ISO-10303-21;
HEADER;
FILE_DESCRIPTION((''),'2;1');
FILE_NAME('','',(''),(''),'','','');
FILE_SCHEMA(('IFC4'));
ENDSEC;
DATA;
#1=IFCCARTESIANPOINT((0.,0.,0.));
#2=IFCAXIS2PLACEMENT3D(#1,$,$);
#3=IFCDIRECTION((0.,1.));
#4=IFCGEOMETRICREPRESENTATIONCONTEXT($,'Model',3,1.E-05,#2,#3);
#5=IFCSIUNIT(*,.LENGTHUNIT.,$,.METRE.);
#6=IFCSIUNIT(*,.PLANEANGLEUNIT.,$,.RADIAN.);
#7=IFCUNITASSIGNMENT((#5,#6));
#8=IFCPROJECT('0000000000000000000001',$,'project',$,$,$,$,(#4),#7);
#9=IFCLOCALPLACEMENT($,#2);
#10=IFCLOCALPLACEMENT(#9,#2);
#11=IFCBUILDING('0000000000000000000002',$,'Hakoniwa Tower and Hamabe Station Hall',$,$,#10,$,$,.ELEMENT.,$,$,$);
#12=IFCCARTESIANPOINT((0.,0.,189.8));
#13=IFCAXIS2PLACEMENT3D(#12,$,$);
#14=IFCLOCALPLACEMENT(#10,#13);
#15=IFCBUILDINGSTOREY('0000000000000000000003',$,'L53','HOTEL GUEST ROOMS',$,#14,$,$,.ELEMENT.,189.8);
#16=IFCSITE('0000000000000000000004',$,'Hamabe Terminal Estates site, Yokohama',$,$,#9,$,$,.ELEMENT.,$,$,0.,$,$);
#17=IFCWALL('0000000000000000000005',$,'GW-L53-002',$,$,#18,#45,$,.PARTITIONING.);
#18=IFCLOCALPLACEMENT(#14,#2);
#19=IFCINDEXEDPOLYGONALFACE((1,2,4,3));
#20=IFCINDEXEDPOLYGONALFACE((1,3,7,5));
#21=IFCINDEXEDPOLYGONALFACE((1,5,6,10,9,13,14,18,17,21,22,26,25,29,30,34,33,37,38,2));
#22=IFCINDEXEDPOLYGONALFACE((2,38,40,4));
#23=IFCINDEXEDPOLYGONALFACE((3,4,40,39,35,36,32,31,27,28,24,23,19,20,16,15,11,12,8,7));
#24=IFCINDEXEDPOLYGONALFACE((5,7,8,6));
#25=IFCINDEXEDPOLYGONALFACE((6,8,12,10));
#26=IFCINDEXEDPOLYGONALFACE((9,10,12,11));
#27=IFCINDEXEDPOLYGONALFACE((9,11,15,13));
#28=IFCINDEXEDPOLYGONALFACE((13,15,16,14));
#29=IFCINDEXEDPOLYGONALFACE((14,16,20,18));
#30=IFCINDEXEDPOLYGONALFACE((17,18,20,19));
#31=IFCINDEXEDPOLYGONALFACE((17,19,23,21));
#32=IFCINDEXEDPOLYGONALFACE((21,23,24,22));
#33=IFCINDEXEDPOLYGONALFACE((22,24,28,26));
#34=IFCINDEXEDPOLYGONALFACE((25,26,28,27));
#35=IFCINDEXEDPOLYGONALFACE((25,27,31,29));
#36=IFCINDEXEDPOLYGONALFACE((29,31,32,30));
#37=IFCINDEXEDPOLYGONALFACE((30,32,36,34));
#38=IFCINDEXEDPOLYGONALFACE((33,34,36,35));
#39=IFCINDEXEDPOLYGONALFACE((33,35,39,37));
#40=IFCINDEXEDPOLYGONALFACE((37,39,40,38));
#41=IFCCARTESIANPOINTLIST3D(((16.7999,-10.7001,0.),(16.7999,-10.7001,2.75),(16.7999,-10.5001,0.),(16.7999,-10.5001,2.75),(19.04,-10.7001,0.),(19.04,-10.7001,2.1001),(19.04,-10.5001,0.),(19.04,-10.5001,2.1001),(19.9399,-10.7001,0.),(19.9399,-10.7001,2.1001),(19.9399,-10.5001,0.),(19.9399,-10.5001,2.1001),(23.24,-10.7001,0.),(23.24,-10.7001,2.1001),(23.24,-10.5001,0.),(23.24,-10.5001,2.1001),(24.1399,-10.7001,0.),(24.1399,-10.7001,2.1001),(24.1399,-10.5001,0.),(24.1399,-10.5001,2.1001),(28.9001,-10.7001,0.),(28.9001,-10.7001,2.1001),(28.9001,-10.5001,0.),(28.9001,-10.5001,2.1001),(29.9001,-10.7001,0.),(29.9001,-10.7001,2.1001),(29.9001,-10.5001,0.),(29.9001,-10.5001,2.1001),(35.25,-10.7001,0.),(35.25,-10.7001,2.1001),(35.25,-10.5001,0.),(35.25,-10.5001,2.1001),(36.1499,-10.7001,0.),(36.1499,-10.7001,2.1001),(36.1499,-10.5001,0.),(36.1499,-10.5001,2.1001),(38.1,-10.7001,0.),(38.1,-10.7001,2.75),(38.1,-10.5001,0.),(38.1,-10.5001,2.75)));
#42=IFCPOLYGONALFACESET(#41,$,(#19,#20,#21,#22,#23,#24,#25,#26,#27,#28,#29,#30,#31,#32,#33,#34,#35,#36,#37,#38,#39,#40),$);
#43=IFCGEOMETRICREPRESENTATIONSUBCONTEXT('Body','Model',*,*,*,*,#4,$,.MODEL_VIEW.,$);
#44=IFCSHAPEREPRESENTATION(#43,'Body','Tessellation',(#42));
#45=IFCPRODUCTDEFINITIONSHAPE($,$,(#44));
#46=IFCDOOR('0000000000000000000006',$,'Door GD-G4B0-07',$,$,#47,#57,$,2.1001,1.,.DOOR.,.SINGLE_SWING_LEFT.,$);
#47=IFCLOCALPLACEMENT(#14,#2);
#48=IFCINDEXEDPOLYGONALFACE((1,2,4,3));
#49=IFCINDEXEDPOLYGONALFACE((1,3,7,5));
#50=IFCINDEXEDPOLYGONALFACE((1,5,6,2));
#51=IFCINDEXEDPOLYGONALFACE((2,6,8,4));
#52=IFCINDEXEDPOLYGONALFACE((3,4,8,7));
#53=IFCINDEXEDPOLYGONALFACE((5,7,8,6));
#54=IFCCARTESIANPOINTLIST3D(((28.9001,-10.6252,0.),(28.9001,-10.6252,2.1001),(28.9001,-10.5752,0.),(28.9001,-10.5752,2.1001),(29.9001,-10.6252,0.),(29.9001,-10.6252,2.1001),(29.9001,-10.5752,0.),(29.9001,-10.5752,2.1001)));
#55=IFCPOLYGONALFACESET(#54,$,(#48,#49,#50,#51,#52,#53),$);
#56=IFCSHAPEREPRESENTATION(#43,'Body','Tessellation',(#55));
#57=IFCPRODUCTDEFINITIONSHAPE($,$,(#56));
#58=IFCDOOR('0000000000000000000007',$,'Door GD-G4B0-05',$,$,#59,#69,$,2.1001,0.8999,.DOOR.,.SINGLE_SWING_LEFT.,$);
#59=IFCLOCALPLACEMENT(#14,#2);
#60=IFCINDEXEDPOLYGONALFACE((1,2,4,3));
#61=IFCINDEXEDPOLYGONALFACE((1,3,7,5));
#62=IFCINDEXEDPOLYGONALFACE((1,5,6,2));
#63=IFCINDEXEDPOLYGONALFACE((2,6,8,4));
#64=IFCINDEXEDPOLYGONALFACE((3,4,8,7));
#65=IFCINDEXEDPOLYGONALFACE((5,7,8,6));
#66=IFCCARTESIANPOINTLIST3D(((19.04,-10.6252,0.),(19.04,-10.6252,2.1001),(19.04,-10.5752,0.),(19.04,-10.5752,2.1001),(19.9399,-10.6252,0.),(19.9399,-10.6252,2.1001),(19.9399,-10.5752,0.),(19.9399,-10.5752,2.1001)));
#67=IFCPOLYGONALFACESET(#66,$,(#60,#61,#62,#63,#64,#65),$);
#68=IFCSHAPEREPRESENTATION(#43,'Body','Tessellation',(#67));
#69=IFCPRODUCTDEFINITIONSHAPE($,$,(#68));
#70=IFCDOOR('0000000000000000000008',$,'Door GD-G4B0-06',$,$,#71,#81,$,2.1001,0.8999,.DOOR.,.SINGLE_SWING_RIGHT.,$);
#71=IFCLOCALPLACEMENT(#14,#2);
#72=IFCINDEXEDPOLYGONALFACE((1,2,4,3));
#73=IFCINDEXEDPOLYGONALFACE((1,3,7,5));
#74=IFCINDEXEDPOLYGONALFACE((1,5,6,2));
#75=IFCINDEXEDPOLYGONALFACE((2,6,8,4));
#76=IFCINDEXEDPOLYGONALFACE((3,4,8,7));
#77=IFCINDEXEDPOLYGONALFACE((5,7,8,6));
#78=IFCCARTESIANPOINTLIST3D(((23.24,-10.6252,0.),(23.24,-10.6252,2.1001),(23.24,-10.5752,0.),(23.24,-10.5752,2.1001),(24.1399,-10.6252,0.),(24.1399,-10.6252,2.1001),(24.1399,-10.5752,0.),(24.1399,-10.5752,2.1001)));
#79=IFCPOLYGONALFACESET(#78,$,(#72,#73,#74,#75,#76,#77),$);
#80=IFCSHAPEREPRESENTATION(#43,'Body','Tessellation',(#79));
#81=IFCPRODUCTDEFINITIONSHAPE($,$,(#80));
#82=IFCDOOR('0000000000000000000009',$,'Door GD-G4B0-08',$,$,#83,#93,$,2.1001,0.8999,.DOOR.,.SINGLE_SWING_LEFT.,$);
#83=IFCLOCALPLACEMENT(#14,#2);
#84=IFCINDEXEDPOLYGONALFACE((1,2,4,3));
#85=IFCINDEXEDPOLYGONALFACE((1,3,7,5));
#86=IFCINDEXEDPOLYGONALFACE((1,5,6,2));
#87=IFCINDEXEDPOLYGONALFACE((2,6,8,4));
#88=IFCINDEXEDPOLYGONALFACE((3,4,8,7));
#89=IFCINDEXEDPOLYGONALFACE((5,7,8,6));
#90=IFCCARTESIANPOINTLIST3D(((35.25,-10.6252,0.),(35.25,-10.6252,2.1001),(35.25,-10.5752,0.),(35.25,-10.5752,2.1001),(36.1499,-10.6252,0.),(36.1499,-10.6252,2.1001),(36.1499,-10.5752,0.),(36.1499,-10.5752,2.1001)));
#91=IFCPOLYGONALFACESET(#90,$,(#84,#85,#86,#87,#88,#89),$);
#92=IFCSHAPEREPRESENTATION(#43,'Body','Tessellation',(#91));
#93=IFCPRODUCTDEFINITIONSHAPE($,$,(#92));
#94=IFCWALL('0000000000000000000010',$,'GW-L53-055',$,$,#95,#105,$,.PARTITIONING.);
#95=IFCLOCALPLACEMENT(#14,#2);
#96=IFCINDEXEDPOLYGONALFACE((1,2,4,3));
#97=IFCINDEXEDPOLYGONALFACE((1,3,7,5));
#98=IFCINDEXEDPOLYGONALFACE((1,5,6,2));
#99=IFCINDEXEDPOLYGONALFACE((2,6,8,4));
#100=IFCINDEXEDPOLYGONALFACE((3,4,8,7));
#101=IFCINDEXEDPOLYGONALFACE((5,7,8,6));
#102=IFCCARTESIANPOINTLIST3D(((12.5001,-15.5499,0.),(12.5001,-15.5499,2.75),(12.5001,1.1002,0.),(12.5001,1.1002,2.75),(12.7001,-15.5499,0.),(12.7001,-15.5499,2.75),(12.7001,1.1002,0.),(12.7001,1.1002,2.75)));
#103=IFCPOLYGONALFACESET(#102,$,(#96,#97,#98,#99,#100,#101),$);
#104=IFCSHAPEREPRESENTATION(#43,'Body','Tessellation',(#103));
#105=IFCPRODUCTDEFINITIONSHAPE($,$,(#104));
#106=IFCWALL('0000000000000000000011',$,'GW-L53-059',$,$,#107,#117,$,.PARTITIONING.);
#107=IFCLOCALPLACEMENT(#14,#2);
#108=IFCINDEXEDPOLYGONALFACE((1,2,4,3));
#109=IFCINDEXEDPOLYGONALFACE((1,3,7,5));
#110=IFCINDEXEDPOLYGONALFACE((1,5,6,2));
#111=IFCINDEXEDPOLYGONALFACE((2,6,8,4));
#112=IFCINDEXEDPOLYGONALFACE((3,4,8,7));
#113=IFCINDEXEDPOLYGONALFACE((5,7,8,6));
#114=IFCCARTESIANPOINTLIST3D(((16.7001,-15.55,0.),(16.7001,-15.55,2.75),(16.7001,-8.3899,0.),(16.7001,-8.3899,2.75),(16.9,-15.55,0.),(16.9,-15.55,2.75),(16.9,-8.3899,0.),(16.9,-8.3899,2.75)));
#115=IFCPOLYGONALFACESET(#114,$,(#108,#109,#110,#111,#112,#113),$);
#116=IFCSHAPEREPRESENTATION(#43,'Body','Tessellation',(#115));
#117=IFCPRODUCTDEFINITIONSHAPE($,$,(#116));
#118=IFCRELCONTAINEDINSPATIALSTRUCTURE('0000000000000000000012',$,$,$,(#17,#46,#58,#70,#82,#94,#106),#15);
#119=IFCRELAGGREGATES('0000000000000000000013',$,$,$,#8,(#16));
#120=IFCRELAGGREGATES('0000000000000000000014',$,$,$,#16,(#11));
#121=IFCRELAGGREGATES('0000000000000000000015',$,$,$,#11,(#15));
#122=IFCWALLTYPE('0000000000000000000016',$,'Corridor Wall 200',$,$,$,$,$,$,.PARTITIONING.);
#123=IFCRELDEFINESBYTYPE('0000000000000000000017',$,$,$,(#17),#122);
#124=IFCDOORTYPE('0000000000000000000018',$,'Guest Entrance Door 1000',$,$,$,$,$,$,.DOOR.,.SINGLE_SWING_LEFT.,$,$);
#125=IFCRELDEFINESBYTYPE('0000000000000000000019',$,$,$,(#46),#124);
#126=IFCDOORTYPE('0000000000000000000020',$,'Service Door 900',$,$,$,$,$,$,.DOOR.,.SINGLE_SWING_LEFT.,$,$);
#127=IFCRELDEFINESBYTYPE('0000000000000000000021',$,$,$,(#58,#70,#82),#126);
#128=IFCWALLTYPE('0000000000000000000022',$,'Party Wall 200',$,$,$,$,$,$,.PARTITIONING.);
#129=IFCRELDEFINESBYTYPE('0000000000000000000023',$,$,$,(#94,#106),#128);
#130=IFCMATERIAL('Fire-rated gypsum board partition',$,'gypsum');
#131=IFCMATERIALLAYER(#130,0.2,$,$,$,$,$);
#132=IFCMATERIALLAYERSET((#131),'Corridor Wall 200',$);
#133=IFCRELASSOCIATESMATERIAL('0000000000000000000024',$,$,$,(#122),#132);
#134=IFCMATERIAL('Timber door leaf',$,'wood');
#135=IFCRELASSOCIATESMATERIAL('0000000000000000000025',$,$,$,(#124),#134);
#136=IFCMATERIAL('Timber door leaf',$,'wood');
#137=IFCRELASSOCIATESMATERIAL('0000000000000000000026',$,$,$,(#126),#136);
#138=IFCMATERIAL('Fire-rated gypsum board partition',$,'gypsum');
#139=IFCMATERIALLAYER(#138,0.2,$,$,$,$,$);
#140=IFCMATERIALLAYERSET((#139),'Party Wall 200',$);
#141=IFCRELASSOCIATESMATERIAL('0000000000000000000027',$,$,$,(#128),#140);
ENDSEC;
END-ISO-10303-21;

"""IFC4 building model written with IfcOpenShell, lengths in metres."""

from ifc_helpers import new_model, si_unit, direction, frame, frame_2d, origin, place, context, subcontext, project, spatial, rectangle, extrude, material, layer, layer_set, type_object, element, fill, save


model = new_model("IFC4")

# Units and contexts
model_context = context("Model", 3, precision=1e-05, world=origin(), true_north=direction((0.0, 1.0)))
body_context = subcontext(model_context, "Body", "Model", "MODEL_VIEW")
ifc_project = project(units=[si_unit("LENGTHUNIT", "METRE"), si_unit("PLANEANGLEUNIT", "RADIAN")], contexts=[model_context])

# Site, building, storey
site_placement = place(None, origin())
site = spatial("IfcSite", under=ifc_project, at=site_placement, Name="Hamabe Terminal Estates site, Yokohama", CompositionType="ELEMENT", RefElevation=0.0)
building_placement = place(site_placement, origin())
building = spatial("IfcBuilding", under=site, at=building_placement, Name="Hakoniwa Tower and Hamabe Station Hall", CompositionType="ELEMENT")
storey_placement = place(building_placement, frame((0.0, 0.0, 189.8)))
storey = spatial("IfcBuildingStorey", under=building, at=storey_placement, Name="L53", Description="HOTEL GUEST ROOMS", CompositionType="ELEMENT", Elevation=189.8)

# Wall, openings, doors
ifc_material_1 = material(Name="Fire-rated gypsum board partition", Category="gypsum")
ifc_layer_1 = layer(ifc_material_1, 0.2)
ifc_layer_set_1 = layer_set([ifc_layer_1], Name="Corridor Wall 200")
wall_type_1 = type_object("IfcWallType", Name="Corridor Wall 200", PredefinedType="PARTITIONING", material=ifc_layer_set_1)
wall_1_placement = place(storey_placement, frame((16.8, -10.6001, 0.0), z_axis=(0.0, 0.0, 1.0), x_axis=(1.0, 0.0, 0.0)))
wall_1 = element("IfcWall", 1, at=wall_1_placement, inside=storey, type_object=wall_type_1, Name="GW-L53-002", PredefinedType="PARTITIONING", context=body_context, shape_type="SweptSolid", body=[
    extrude(rectangle(XDim=21.3, YDim=0.2, at=frame_2d((10.6499, 0.0))), origin(), (0.0, 0.0, 1.0), 2.75),
])
opening_1_placement = place(wall_1_placement, frame((2.24, 0.0, 0.0)))
opening_1 = element("IfcOpeningElement", 2, at=opening_1_placement, cuts=wall_1, PredefinedType="OPENING", context=body_context, shape_type="SweptSolid", body=[
    extrude(rectangle(XDim=0.8999, YDim=2.1001, at=frame_2d((0.45, 1.05))), frame((0.0, 0.1099, 0.0), z_axis=(0.0, -1.0, 0.0), x_axis=(1.0, 0.0, 0.0)), (0.0, 0.0, 1.0), 0.22),
])
opening_2_placement = place(wall_1_placement, frame((6.4399, 0.0, 0.0)))
opening_2 = element("IfcOpeningElement", 3, at=opening_2_placement, cuts=wall_1, PredefinedType="OPENING", context=body_context, shape_type="SweptSolid", body=[
    extrude(rectangle(XDim=0.8999, YDim=2.1001, at=frame_2d((0.45, 1.05))), frame((0.0, 0.1099, 0.0), z_axis=(0.0, -1.0, 0.0), x_axis=(1.0, 0.0, 0.0)), (0.0, 0.0, 1.0), 0.22),
])
opening_3_placement = place(wall_1_placement, frame((12.1001, 0.0, 0.0)))
opening_3 = element("IfcOpeningElement", 4, at=opening_3_placement, cuts=wall_1, PredefinedType="OPENING", context=body_context, shape_type="SweptSolid", body=[
    extrude(rectangle(XDim=1.0, YDim=2.1001, at=frame_2d((0.5, 1.05))), frame((0.0, 0.1099, 0.0), z_axis=(0.0, -1.0, 0.0), x_axis=(1.0, 0.0, 0.0)), (0.0, 0.0, 1.0), 0.22),
])
opening_4_placement = place(wall_1_placement, frame((18.45, 0.0, 0.0)))
opening_4 = element("IfcOpeningElement", 5, at=opening_4_placement, cuts=wall_1, PredefinedType="OPENING", context=body_context, shape_type="SweptSolid", body=[
    extrude(rectangle(XDim=0.8999, YDim=2.1001, at=frame_2d((0.45, 1.05))), frame((0.0, 0.1099, 0.0), z_axis=(0.0, -1.0, 0.0), x_axis=(1.0, 0.0, 0.0)), (0.0, 0.0, 1.0), 0.22),
])
ifc_material_2 = material(Name="Timber door leaf", Category="wood")
door_type_1 = type_object("IfcDoorType", Name="Guest Entrance Door 1000", OperationType="SINGLE_SWING_LEFT", PredefinedType="DOOR", material=ifc_material_2)
door_1_placement = place(opening_3_placement, origin())
door_1 = element("IfcDoor", 6, at=door_1_placement, inside=storey, type_object=door_type_1, Name="Door GD-G4B0-07", OperationType="SINGLE_SWING_LEFT", OverallHeight=2.1001, OverallWidth=1.0, PredefinedType="DOOR", context=body_context, shape_type="SweptSolid", body=[
    extrude(rectangle(XDim=1.0, YDim=2.1001, at=frame_2d((0.5, 1.05))), frame((0.0, 0.0249, 0.0), z_axis=(0.0, -1.0, 0.0), x_axis=(1.0, 0.0, 0.0)), (0.0, 0.0, 1.0), 0.05),
])
fill(opening_3, door_1)
ifc_material_3 = material(Name="Timber door leaf", Category="wood")
door_type_2 = type_object("IfcDoorType", Name="Service Door 900", OperationType="SINGLE_SWING_LEFT", PredefinedType="DOOR", material=ifc_material_3)
door_2_placement = place(opening_1_placement, origin())
door_2 = element("IfcDoor", 7, at=door_2_placement, inside=storey, type_object=door_type_2, Name="Door GD-G4B0-05", OperationType="SINGLE_SWING_LEFT", OverallHeight=2.1001, OverallWidth=0.8999, PredefinedType="DOOR", context=body_context, shape_type="SweptSolid", body=[
    extrude(rectangle(XDim=0.8999, YDim=2.1001, at=frame_2d((0.45, 1.05))), frame((0.0, 0.0249, 0.0), z_axis=(0.0, -1.0, 0.0), x_axis=(1.0, 0.0, 0.0)), (0.0, 0.0, 1.0), 0.05),
])
fill(opening_1, door_2)
door_3_placement = place(opening_2_placement, origin())
door_3 = element("IfcDoor", 8, at=door_3_placement, inside=storey, type_object=door_type_2, Name="Door GD-G4B0-06", OperationType="SINGLE_SWING_RIGHT", OverallHeight=2.1001, OverallWidth=0.8999, PredefinedType="DOOR", context=body_context, shape_type="SweptSolid", body=[
    extrude(rectangle(XDim=0.8999, YDim=2.1001, at=frame_2d((0.45, 1.05))), frame((0.0, 0.0249, 0.0), z_axis=(0.0, -1.0, 0.0), x_axis=(1.0, 0.0, 0.0)), (0.0, 0.0, 1.0), 0.05),
])
fill(opening_2, door_3)
door_4_placement = place(opening_4_placement, origin())
door_4 = element("IfcDoor", 9, at=door_4_placement, inside=storey, type_object=door_type_2, Name="Door GD-G4B0-08", OperationType="SINGLE_SWING_LEFT", OverallHeight=2.1001, OverallWidth=0.8999, PredefinedType="DOOR", context=body_context, shape_type="SweptSolid", body=[
    extrude(rectangle(XDim=0.8999, YDim=2.1001, at=frame_2d((0.45, 1.05))), frame((0.0, 0.0249, 0.0), z_axis=(0.0, -1.0, 0.0), x_axis=(1.0, 0.0, 0.0)), (0.0, 0.0, 1.0), 0.05),
])
fill(opening_4, door_4)

# Walls
ifc_material_4 = material(Name="Fire-rated gypsum board partition", Category="gypsum")
ifc_layer_2 = layer(ifc_material_4, 0.2)
ifc_layer_set_2 = layer_set([ifc_layer_2], Name="Party Wall 200")
wall_type_2 = type_object("IfcWallType", Name="Party Wall 200", PredefinedType="PARTITIONING", material=ifc_layer_set_2)
wall_2_placement = place(storey_placement, frame((12.6001, -15.55, 0.0), z_axis=(0.0, 0.0, 1.0), x_axis=(0.0, 1.0, 0.0)))
element("IfcWall", 10, at=wall_2_placement, inside=storey, type_object=wall_type_2, Name="GW-L53-055", PredefinedType="PARTITIONING", context=body_context, shape_type="SweptSolid", body=[
    extrude(rectangle(XDim=16.6501, YDim=0.2, at=frame_2d((8.3252, 0.0))), origin(), (0.0, 0.0, 1.0), 2.75),
])
wall_3_placement = place(storey_placement, frame((16.8, -15.55, 0.0), z_axis=(0.0, 0.0, 1.0), x_axis=(0.0, 1.0, 0.0)))
element("IfcWall", 11, at=wall_3_placement, inside=storey, type_object=wall_type_2, Name="GW-L53-059", PredefinedType="PARTITIONING", context=body_context, shape_type="SweptSolid", body=[
    extrude(rectangle(XDim=7.1602, YDim=0.2, at=frame_2d((3.5801, 0.0))), origin(), (0.0, 0.0, 1.0), 2.75),
])

save(model, "model.ifc")
